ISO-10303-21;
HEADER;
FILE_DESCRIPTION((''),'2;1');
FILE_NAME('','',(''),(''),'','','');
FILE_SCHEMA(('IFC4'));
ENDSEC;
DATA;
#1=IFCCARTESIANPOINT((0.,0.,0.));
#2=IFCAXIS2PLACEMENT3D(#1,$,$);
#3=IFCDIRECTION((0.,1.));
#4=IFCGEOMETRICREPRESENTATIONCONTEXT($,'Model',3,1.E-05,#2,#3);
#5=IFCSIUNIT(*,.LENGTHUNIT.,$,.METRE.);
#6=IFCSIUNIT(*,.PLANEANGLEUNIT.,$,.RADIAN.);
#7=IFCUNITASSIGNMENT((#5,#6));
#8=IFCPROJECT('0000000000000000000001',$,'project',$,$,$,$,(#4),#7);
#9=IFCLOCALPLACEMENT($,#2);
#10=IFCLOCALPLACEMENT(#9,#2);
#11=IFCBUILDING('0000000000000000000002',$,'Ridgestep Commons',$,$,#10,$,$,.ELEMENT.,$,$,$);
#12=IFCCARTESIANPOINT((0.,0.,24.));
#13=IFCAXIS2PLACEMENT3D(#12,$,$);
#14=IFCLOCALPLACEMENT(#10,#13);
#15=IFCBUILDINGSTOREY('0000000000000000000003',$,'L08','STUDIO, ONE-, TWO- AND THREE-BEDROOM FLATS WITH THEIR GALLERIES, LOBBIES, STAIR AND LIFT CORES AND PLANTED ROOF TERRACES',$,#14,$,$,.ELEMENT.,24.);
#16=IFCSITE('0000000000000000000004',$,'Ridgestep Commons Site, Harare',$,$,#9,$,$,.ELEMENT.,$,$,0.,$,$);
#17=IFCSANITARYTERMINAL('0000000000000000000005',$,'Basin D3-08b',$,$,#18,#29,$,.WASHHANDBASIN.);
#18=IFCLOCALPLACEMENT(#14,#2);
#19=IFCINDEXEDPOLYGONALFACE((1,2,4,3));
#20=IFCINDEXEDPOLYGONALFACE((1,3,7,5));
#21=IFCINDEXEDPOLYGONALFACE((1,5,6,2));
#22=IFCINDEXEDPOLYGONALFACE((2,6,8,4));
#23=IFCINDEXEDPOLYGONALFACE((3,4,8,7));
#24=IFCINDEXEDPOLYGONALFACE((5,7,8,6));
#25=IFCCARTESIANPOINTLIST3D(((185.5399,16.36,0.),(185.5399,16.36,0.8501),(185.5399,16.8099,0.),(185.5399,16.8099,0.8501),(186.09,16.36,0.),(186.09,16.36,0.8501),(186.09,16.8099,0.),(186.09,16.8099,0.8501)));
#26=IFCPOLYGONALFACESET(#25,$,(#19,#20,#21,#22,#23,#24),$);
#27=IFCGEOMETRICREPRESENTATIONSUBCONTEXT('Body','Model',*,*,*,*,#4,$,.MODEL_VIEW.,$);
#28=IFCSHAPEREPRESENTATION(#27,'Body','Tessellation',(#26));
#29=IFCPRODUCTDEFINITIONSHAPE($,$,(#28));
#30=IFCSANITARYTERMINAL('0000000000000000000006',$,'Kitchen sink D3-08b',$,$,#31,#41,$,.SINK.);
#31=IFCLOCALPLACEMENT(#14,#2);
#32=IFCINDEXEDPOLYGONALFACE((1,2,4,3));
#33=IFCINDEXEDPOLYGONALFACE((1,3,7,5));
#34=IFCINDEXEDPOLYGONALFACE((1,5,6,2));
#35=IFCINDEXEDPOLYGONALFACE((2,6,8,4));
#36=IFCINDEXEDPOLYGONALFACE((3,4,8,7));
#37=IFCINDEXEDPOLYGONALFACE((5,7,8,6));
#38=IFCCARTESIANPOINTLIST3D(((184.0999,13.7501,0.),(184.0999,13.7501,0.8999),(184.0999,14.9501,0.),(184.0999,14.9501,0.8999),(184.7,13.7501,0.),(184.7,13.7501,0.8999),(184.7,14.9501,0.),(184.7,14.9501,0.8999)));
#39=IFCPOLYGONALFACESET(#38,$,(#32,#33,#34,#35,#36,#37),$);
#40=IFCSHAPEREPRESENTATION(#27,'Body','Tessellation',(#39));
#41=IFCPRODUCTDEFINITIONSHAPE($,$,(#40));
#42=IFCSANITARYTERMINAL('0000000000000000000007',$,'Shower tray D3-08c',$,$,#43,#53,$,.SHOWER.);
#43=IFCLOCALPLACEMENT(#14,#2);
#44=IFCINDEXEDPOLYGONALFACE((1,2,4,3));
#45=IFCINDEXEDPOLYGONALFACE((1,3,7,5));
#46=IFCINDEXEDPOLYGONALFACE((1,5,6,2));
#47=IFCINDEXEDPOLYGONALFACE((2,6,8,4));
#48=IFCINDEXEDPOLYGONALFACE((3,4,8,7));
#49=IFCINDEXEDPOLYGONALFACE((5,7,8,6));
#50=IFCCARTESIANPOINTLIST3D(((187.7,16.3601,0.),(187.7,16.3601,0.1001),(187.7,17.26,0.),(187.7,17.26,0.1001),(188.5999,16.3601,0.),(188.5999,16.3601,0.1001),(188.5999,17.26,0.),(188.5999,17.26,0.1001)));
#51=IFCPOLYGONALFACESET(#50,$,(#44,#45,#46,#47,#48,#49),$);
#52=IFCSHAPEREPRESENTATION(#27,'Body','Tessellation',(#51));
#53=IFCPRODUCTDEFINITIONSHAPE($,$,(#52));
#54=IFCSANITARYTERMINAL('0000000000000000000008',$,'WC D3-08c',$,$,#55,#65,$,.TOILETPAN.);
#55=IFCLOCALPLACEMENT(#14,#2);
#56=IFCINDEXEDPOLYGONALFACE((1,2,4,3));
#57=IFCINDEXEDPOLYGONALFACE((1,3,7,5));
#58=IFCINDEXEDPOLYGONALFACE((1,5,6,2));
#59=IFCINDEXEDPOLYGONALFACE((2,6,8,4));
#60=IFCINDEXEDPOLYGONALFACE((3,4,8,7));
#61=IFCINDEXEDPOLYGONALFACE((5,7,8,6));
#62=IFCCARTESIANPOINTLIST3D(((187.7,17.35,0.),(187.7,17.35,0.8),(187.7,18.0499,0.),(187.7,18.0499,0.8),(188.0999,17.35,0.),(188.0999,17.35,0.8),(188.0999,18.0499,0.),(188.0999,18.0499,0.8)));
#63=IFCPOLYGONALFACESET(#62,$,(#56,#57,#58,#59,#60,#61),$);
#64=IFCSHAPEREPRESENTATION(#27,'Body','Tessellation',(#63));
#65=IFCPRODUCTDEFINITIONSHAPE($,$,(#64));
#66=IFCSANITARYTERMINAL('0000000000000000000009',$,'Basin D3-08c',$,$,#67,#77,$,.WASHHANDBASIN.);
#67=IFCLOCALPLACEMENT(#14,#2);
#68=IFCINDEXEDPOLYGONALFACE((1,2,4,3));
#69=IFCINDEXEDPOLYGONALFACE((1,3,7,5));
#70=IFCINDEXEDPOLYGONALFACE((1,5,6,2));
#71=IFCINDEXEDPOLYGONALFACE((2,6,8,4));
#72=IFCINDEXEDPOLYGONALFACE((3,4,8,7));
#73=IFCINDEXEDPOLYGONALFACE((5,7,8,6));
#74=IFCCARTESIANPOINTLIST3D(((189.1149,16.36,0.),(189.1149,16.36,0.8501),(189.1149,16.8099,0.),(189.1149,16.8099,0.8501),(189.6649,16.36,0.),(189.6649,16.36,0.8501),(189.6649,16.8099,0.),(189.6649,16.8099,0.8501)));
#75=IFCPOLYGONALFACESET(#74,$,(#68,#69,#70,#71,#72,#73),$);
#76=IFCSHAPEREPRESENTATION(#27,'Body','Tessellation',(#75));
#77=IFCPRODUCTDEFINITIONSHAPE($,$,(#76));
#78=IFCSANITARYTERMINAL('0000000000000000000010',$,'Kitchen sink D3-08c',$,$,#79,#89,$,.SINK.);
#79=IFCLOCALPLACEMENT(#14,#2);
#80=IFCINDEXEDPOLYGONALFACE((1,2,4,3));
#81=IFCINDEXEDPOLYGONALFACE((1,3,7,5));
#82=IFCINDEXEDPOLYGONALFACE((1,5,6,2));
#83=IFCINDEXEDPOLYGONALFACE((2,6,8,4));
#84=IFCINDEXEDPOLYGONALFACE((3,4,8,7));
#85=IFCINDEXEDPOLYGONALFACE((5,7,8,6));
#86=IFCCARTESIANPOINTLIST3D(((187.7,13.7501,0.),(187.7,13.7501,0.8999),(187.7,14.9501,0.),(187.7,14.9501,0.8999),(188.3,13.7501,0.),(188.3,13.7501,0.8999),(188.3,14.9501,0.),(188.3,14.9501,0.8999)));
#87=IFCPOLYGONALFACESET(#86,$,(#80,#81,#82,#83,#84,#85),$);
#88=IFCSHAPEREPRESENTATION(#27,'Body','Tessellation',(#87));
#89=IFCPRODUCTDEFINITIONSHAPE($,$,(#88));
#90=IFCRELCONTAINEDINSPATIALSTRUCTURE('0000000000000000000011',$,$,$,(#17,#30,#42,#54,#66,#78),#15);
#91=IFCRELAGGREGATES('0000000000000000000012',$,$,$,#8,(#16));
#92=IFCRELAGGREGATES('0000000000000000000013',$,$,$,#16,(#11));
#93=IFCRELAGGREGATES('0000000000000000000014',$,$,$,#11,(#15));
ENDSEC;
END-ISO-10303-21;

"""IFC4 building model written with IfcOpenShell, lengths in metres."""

from ifc_helpers import new_model, si_unit, direction, frame, origin, origin_2d, place, context, subcontext, project, spatial, rectangle, extrude, element, save


model = new_model("IFC4")

# Units and contexts
model_context = context("Model", 3, precision=1e-05, world=origin(), true_north=direction((0.0, 1.0)))
body_context = subcontext(model_context, "Body", "Model", "MODEL_VIEW")
ifc_project = project(units=[si_unit("LENGTHUNIT", "METRE"), si_unit("PLANEANGLEUNIT", "RADIAN")], contexts=[model_context])

# Site, building, storey
site_placement = place(None, origin())
site = spatial("IfcSite", under=ifc_project, at=site_placement, Name="Ridgestep Commons Site, Harare", CompositionType="ELEMENT", RefElevation=0.0)
building_placement = place(site_placement, origin())
building = spatial("IfcBuilding", under=site, at=building_placement, Name="Ridgestep Commons", CompositionType="ELEMENT")
storey_placement = place(building_placement, frame((0.0, 0.0, 24.0)))
storey = spatial("IfcBuildingStorey", under=building, at=storey_placement, Name="L08", Description="STUDIO, ONE-, TWO- AND THREE-BEDROOM FLATS WITH THEIR GALLERIES, LOBBIES, STAIR AND LIFT CORES AND PLANTED ROOF TERRACES", CompositionType="ELEMENT", Elevation=24.0)

# Sanitary terminals
sanitary_terminal_1_placement = place(storey_placement, frame((185.8149, 16.585, 0.0), z_axis=(0.0, 0.0, 1.0), x_axis=(1.0, 0.0, 0.0)))
element("IfcSanitaryTerminal", 1, at=sanitary_terminal_1_placement, inside=storey, Name="Basin D3-08b", PredefinedType="WASHHANDBASIN", context=body_context, shape_type="SweptSolid", body=[
    extrude(rectangle(XDim=0.55, YDim=0.45, at=origin_2d()), origin(), (0.0, 0.0, 1.0), 0.8501),
])
sanitary_terminal_2_placement = place(storey_placement, frame((184.3999, 14.3501, 0.0), z_axis=(0.0, 0.0, 1.0), x_axis=(1.0, 0.0, 0.0)))
element("IfcSanitaryTerminal", 2, at=sanitary_terminal_2_placement, inside=storey, Name="Kitchen sink D3-08b", PredefinedType="SINK", context=body_context, shape_type="SweptSolid", body=[
    extrude(rectangle(XDim=0.6001, YDim=1.2, at=origin_2d()), origin(), (0.0, 0.0, 1.0), 0.8999),
])
sanitary_terminal_3_placement = place(storey_placement, frame((188.1499, 16.8101, 0.0), z_axis=(0.0, 0.0, 1.0), x_axis=(1.0, 0.0, 0.0)))
element("IfcSanitaryTerminal", 3, at=sanitary_terminal_3_placement, inside=storey, Name="Shower tray D3-08c", PredefinedType="SHOWER", context=body_context, shape_type="SweptSolid", body=[
    extrude(rectangle(XDim=0.8999, YDim=0.8999, at=origin_2d()), origin(), (0.0, 0.0, 1.0), 0.1001),
])
sanitary_terminal_4_placement = place(storey_placement, frame((187.8999, 17.7, 0.0), z_axis=(0.0, 0.0, 1.0), x_axis=(1.0, 0.0, 0.0)))
element("IfcSanitaryTerminal", 4, at=sanitary_terminal_4_placement, inside=storey, Name="WC D3-08c", PredefinedType="TOILETPAN", context=body_context, shape_type="SweptSolid", body=[
    extrude(rectangle(XDim=0.3999, YDim=0.7, at=origin_2d()), origin(), (0.0, 0.0, 1.0), 0.8),
])
sanitary_terminal_5_placement = place(storey_placement, frame((189.3899, 16.585, 0.0), z_axis=(0.0, 0.0, 1.0), x_axis=(1.0, 0.0, 0.0)))
element("IfcSanitaryTerminal", 5, at=sanitary_terminal_5_placement, inside=storey, Name="Basin D3-08c", PredefinedType="WASHHANDBASIN", context=body_context, shape_type="SweptSolid", body=[
    extrude(rectangle(XDim=0.55, YDim=0.45, at=origin_2d()), origin(), (0.0, 0.0, 1.0), 0.8501),
])
sanitary_terminal_6_placement = place(storey_placement, frame((188.0, 14.3501, 0.0), z_axis=(0.0, 0.0, 1.0), x_axis=(1.0, 0.0, 0.0)))
element("IfcSanitaryTerminal", 6, at=sanitary_terminal_6_placement, inside=storey, Name="Kitchen sink D3-08c", PredefinedType="SINK", context=body_context, shape_type="SweptSolid", body=[
    extrude(rectangle(XDim=0.6001, YDim=1.2, at=origin_2d()), origin(), (0.0, 0.0, 1.0), 0.8999),
])

save(model, "model.ifc")
